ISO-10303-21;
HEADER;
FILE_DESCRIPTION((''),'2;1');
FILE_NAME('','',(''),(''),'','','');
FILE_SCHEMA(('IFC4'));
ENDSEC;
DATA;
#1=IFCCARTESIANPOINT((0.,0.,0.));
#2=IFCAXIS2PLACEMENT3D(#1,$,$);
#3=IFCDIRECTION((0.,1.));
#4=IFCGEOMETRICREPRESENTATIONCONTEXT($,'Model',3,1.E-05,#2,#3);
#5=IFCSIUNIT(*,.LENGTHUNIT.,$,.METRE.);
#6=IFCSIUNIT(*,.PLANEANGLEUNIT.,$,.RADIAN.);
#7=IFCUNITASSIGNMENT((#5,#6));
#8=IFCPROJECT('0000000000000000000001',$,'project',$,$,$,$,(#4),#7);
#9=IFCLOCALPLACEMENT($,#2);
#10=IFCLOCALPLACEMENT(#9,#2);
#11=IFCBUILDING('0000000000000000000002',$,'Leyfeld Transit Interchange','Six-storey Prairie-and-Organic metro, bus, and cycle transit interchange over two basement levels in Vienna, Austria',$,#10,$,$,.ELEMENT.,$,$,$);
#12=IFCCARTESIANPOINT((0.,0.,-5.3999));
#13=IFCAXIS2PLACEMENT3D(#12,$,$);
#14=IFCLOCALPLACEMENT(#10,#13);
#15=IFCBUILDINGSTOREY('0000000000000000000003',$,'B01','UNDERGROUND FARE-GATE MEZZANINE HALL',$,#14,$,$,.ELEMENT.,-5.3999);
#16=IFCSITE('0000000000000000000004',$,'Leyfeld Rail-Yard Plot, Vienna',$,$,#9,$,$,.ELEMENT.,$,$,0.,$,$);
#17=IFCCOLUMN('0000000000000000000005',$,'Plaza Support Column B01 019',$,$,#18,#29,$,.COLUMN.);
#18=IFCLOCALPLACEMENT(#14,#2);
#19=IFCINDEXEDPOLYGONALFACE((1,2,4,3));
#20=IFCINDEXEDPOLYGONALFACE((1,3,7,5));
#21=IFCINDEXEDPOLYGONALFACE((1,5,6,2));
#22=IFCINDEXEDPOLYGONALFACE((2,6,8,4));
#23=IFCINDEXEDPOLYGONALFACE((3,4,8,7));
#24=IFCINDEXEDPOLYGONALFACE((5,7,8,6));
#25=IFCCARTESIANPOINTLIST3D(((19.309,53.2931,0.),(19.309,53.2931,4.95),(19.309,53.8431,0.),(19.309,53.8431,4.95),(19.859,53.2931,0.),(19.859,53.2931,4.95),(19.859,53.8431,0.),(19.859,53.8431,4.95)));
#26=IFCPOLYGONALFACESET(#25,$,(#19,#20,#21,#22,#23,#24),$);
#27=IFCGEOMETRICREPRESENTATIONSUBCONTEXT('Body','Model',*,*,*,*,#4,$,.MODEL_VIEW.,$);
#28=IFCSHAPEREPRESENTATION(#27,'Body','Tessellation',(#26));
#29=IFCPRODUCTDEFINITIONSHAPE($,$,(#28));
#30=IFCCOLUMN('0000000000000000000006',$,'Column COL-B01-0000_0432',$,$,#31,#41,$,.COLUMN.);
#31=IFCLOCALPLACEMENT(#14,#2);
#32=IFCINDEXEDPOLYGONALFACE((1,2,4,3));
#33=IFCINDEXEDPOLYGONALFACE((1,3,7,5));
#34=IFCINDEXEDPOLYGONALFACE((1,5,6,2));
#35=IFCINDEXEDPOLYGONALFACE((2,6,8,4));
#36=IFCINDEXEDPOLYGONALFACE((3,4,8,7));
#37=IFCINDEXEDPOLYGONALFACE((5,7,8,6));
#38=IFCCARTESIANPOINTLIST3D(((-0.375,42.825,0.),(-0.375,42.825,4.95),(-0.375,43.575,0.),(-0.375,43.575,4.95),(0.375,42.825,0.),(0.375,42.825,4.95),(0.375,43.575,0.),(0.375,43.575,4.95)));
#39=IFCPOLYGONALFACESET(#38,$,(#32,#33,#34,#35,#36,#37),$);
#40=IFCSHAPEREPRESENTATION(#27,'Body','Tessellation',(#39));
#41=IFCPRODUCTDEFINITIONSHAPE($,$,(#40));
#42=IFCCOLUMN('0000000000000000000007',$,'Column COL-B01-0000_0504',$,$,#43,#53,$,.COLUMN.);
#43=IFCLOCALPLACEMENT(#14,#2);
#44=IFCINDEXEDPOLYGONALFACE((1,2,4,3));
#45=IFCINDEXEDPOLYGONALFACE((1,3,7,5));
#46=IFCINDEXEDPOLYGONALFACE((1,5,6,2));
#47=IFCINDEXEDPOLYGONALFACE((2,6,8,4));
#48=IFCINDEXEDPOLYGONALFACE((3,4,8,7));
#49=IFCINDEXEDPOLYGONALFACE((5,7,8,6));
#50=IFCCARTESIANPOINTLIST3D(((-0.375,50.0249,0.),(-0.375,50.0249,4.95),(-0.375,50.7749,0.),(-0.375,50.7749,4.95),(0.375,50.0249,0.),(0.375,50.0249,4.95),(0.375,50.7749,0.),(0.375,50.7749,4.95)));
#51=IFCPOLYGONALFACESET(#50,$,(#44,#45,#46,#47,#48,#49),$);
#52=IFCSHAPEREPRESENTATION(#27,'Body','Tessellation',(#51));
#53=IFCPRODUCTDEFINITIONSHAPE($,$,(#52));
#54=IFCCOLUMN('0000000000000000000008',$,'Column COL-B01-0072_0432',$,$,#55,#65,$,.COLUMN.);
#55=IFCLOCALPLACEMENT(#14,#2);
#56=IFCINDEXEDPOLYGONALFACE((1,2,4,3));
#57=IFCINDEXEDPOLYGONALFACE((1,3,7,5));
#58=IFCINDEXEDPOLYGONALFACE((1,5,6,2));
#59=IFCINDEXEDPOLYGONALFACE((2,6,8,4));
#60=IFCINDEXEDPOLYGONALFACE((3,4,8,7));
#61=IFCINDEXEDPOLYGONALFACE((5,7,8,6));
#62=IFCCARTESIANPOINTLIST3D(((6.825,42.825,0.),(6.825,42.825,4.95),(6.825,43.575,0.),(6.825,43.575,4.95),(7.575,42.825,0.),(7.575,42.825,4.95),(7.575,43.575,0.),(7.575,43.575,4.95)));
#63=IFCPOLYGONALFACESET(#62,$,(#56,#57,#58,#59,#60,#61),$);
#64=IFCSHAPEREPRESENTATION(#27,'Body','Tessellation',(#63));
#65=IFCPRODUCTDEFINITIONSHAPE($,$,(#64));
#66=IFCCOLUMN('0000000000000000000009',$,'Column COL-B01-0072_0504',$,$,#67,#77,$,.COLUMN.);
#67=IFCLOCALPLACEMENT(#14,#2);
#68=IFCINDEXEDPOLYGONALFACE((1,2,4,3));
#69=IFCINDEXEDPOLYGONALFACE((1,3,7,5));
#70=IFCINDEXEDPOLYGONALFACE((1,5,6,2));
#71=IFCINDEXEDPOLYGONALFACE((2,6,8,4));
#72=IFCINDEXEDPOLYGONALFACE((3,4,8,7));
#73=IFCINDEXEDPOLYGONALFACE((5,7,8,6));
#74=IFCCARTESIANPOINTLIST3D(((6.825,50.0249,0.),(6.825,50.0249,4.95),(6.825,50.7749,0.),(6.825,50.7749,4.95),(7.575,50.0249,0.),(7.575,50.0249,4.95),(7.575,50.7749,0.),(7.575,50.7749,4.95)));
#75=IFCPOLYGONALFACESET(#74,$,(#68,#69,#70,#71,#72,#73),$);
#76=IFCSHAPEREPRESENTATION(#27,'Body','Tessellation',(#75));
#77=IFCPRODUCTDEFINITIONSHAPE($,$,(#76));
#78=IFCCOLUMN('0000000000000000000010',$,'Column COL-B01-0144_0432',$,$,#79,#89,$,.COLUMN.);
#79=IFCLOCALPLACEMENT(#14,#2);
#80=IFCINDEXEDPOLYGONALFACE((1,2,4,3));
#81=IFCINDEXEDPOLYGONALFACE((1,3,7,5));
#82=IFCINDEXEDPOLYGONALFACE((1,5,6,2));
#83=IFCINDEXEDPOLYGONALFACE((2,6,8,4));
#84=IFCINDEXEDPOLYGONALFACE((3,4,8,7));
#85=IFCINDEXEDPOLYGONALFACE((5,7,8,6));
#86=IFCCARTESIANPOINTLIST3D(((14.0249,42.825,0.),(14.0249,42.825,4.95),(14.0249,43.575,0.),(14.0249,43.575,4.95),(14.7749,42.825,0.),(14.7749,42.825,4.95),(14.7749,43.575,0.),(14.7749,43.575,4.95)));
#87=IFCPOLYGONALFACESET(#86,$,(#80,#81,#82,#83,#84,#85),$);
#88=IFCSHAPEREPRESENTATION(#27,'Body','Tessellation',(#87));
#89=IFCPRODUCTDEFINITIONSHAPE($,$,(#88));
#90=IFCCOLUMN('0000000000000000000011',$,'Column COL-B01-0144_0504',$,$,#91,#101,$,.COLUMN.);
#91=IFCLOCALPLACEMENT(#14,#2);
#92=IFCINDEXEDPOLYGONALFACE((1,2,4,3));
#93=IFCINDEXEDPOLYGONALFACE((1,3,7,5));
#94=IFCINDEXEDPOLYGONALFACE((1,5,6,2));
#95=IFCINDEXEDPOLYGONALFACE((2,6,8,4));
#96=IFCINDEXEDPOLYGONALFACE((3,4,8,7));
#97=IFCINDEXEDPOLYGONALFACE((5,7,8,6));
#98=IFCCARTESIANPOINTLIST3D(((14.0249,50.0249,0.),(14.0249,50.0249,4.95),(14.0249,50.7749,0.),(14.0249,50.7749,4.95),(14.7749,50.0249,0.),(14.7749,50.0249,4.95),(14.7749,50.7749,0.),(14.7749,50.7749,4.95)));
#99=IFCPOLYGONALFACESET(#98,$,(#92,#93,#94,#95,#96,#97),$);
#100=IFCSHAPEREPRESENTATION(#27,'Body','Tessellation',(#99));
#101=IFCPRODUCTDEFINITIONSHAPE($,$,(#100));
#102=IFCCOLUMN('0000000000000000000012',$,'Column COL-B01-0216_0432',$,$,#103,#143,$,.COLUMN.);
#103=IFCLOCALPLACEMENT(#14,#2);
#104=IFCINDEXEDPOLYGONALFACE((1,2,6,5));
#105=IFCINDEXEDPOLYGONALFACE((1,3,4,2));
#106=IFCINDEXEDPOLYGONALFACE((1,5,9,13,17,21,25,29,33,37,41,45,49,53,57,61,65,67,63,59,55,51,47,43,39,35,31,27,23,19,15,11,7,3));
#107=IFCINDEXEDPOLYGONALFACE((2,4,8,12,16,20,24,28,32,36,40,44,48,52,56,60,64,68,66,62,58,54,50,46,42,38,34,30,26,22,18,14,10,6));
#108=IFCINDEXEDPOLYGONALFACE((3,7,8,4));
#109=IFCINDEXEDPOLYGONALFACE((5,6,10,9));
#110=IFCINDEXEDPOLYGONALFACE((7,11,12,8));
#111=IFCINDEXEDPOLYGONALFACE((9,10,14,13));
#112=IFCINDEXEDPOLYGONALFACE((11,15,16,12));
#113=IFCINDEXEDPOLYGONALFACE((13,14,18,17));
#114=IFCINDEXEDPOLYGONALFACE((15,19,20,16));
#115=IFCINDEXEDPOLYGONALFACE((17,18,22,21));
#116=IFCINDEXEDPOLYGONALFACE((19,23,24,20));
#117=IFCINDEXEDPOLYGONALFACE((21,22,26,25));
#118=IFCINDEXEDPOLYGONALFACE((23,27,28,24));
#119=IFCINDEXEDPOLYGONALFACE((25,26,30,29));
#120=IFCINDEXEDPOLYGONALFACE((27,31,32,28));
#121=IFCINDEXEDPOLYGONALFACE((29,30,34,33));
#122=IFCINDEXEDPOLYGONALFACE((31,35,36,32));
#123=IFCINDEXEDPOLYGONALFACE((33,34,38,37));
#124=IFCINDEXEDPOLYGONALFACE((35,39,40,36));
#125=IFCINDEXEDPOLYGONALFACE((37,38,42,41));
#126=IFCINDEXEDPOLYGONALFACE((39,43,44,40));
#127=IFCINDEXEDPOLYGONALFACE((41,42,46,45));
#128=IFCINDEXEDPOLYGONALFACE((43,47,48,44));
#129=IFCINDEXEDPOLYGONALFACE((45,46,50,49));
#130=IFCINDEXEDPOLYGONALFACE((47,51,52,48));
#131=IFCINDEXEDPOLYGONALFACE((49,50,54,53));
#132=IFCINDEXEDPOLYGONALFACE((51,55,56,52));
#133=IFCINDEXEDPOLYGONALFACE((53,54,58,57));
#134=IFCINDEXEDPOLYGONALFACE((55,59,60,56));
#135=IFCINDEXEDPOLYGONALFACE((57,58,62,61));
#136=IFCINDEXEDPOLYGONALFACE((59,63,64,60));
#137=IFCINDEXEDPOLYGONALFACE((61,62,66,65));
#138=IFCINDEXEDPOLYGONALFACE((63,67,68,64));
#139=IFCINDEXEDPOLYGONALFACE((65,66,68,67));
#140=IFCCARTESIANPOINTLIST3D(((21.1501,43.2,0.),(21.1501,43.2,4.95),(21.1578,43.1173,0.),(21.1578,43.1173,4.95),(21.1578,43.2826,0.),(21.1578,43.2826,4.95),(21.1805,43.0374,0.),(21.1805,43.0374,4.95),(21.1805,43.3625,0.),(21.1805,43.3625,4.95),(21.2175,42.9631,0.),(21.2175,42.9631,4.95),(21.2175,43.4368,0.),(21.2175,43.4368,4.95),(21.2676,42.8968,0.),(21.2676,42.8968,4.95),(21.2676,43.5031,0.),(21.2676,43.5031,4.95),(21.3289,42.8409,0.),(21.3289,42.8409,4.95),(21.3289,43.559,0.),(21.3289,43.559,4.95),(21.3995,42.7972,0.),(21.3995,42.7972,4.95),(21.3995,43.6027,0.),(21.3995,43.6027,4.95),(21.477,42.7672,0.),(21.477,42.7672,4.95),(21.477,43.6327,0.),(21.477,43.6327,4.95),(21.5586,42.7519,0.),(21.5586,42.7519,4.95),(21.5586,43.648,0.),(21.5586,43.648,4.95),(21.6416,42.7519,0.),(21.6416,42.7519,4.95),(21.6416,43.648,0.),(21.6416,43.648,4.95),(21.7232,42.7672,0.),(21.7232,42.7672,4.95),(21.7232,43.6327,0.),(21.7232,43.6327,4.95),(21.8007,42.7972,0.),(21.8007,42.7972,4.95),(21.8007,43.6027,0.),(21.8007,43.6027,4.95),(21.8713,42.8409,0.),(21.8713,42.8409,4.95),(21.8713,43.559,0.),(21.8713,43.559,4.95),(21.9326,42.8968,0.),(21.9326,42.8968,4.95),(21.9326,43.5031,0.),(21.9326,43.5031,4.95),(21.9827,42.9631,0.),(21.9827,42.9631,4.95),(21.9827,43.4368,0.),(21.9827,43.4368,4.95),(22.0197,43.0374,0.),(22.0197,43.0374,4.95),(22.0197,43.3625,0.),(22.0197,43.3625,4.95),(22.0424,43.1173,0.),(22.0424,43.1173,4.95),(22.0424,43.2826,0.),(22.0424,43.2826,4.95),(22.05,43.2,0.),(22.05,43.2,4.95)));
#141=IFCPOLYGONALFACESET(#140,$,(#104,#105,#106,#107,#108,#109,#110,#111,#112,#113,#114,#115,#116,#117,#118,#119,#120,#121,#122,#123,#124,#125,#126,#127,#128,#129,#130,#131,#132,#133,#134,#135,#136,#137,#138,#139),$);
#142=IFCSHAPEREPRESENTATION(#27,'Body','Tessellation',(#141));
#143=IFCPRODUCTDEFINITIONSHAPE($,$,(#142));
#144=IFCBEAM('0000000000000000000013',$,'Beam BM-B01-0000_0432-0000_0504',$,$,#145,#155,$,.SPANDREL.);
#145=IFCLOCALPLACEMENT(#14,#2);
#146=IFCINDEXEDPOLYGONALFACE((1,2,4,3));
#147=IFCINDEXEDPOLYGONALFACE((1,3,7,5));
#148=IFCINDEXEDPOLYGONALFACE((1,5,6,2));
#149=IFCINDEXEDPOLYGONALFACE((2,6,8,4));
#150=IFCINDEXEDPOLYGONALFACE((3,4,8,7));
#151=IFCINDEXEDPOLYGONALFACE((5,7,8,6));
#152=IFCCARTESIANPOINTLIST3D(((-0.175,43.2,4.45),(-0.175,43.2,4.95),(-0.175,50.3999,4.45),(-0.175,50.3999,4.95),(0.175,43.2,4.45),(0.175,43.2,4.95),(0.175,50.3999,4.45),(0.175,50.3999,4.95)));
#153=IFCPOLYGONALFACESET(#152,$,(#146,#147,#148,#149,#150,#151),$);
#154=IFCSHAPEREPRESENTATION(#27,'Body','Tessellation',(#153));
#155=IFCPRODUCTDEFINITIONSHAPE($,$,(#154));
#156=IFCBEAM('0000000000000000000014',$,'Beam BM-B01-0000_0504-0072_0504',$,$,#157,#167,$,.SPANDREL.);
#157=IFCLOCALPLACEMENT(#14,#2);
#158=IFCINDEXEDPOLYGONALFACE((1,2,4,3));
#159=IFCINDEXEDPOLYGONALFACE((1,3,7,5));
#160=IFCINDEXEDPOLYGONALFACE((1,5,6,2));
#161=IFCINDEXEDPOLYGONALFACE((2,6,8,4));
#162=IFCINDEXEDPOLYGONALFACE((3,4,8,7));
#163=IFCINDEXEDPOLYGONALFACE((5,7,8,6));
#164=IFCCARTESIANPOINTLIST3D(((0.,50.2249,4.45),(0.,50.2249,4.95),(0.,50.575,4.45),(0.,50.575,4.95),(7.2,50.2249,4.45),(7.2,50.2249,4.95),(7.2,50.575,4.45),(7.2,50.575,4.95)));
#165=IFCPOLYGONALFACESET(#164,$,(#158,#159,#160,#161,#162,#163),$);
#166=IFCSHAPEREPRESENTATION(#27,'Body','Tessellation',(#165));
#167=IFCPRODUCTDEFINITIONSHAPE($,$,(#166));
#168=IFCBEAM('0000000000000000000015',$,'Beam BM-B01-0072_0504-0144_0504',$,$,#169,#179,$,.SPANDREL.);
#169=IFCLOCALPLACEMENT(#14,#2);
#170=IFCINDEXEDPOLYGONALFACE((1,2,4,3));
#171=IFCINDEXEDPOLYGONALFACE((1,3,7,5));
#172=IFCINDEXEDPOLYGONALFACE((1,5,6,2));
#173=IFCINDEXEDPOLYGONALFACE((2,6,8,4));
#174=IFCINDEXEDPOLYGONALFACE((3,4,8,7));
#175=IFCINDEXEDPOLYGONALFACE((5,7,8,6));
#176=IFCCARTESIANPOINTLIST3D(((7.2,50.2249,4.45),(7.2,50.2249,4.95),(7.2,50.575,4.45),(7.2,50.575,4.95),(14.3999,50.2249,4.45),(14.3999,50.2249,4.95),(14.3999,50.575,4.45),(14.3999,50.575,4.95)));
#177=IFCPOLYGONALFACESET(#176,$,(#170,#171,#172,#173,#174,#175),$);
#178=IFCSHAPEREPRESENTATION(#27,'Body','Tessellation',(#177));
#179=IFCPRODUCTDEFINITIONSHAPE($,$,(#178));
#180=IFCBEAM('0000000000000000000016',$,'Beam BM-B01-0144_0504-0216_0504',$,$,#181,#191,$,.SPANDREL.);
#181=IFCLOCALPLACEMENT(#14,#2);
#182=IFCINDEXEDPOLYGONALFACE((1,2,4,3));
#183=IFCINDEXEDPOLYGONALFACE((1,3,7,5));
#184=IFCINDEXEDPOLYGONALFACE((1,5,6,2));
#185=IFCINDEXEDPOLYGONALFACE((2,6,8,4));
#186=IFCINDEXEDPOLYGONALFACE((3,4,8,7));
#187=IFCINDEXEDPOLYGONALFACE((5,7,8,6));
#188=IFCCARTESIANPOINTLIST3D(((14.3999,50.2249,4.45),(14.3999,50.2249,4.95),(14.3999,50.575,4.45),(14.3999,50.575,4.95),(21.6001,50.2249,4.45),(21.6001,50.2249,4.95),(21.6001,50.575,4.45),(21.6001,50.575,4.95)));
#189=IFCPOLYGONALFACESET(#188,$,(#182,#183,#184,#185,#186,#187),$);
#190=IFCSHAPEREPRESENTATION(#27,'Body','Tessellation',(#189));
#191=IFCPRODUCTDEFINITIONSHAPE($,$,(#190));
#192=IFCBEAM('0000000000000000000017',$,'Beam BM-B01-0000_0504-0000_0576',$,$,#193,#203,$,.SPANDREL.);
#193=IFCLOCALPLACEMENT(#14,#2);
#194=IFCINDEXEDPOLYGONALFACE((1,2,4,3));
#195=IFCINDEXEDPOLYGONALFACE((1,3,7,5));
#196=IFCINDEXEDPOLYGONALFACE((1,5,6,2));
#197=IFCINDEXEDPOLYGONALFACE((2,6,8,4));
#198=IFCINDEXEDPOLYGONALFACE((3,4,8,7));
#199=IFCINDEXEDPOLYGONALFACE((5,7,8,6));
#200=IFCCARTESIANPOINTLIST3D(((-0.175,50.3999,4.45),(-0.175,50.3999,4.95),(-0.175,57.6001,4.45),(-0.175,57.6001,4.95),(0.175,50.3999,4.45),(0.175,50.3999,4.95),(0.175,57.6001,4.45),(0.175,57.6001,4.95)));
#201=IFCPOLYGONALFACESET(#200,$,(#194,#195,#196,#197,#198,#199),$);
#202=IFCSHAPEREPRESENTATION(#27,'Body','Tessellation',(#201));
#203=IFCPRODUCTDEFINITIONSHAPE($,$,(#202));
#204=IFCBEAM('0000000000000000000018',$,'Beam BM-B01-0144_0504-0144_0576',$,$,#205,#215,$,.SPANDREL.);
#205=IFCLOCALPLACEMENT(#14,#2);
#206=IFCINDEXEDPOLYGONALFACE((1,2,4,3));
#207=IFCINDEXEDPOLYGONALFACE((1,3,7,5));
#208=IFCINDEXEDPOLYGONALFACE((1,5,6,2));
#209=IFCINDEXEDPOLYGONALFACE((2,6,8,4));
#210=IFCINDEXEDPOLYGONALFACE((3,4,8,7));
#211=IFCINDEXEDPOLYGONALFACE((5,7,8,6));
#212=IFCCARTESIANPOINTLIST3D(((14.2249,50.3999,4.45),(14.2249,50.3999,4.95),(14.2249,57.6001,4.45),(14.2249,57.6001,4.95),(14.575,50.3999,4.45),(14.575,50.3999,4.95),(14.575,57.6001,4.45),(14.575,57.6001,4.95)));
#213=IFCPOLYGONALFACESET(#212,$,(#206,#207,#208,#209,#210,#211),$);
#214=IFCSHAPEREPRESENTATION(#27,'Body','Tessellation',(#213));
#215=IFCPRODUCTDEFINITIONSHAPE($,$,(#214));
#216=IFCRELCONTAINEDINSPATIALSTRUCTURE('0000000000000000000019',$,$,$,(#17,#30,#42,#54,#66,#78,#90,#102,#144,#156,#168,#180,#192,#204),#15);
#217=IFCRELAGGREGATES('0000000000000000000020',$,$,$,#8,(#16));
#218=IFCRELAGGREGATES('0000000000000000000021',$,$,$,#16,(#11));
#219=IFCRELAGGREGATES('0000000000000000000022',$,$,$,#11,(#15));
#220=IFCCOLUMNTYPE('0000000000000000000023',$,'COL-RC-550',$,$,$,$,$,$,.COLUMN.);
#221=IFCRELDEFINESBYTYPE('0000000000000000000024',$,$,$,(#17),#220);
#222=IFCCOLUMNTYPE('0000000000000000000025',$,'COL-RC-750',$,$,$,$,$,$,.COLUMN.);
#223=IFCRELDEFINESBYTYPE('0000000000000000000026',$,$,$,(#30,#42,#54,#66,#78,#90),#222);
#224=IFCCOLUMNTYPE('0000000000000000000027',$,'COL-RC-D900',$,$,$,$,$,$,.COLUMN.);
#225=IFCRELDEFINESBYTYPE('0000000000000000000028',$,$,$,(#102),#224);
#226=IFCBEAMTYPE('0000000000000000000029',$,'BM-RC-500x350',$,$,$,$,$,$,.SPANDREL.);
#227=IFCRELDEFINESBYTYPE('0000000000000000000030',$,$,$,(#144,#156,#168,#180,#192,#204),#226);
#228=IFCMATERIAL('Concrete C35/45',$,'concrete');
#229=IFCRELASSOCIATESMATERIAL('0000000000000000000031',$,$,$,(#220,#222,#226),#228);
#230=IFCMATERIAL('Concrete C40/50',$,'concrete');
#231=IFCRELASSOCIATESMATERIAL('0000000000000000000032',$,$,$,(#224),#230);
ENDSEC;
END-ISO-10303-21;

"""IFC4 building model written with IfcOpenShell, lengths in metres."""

from ifc_helpers import new_model, si_unit, direction, frame, origin, origin_2d, place, context, subcontext, project, spatial, rectangle, circle, extrude, material, material_profile, profile_set, type_object, element, save


model = new_model("IFC4")

# Units and contexts
model_context = context("Model", 3, precision=1e-05, world=origin(), true_north=direction((0.0, 1.0)))
body_context = subcontext(model_context, "Body", "Model", "MODEL_VIEW")
ifc_project = project(units=[si_unit("LENGTHUNIT", "METRE"), si_unit("PLANEANGLEUNIT", "RADIAN")], contexts=[model_context])

# Site, building, storey
site_placement = place(None, origin())
site = spatial("IfcSite", under=ifc_project, at=site_placement, Name="Leyfeld Rail-Yard Plot, Vienna", CompositionType="ELEMENT", RefElevation=0.0)
building_placement = place(site_placement, origin())
building = spatial("IfcBuilding", under=site, at=building_placement, Name="Leyfeld Transit Interchange", Description="Six-storey Prairie-and-Organic metro, bus, and cycle transit interchange over two basement levels in Vienna, Austria", CompositionType="ELEMENT")
storey_placement = place(building_placement, frame((0.0, 0.0, -5.3999)))
storey = spatial("IfcBuildingStorey", under=building, at=storey_placement, Name="B01", Description="UNDERGROUND FARE-GATE MEZZANINE HALL", CompositionType="ELEMENT", Elevation=-5.3999)

# Columns
ifc_material_1 = material(Name="Concrete C35/45", Category="concrete")
ifc_material_profile_1 = material_profile(ifc_material_1, rectangle(XDim=0.55, YDim=0.55, at=origin_2d()), Name="RC 550x550")
ifc_profile_set_1 = profile_set([ifc_material_profile_1], Name="Concrete C35/45")
column_type_1 = type_object("IfcColumnType", Name="COL-RC-550", PredefinedType="COLUMN", material=ifc_profile_set_1)
column_1_placement = place(storey_placement, frame((19.584, 53.5681, 0.0), z_axis=(0.0, 0.0, 1.0), x_axis=(1.0, 0.0, 0.0)))
element("IfcColumn", 1, at=column_1_placement, inside=storey, type_object=column_type_1, Name="Plaza Support Column B01 019", PredefinedType="COLUMN", context=body_context, shape_type="SweptSolid", body=[
    extrude(rectangle(XDim=0.55, YDim=0.55, at=origin_2d()), origin(), (0.0, 0.0, 1.0), 4.95),
])
ifc_material_profile_2 = material_profile(ifc_material_1, rectangle(XDim=0.75, YDim=0.75, at=origin_2d()), Name="RC 750x750")
ifc_profile_set_2 = profile_set([ifc_material_profile_2], Name="Concrete C35/45")
column_type_2 = type_object("IfcColumnType", Name="COL-RC-750", PredefinedType="COLUMN", material=ifc_profile_set_2)
for number, where, z_axis, x_axis, name in (
    (2, (0.0, 43.2, 0.0), (0.0, 0.0, 1.0), (1.0, 0.0, 0.0), "Column COL-B01-0000_0432"),
    (3, (0.0, 50.3999, 0.0), (0.0, 0.0, 1.0), (1.0, 0.0, 0.0), "Column COL-B01-0000_0504"),
    (4, (7.2, 43.2, 0.0), (0.0, 0.0, 1.0), (1.0, 0.0, 0.0), "Column COL-B01-0072_0432"),
    (5, (7.2, 50.3999, 0.0), (0.0, 0.0, 1.0), (1.0, 0.0, 0.0), "Column COL-B01-0072_0504"),
    (6, (14.3999, 43.2, 0.0), (0.0, 0.0, 1.0), (1.0, 0.0, 0.0), "Column COL-B01-0144_0432"),
    (7, (14.3999, 50.3999, 0.0), (0.0, 0.0, 1.0), (1.0, 0.0, 0.0), "Column COL-B01-0144_0504"),
):
    element("IfcColumn", number, at=place(storey_placement, frame(where, z_axis=z_axis, x_axis=x_axis)), inside=storey, type_object=column_type_2, Name=name, PredefinedType="COLUMN", context=body_context, shape_type="SweptSolid", body=[
        extrude(rectangle(XDim=0.75, YDim=0.75, at=origin_2d()), origin(), (0.0, 0.0, 1.0), 4.95),
    ])
ifc_material_2 = material(Name="Concrete C40/50", Category="concrete")
ifc_material_profile_3 = material_profile(ifc_material_2, circle(Radius=0.45, at=origin_2d()), Name="RC D900")
ifc_profile_set_3 = profile_set([ifc_material_profile_3], Name="Concrete C40/50")
column_type_3 = type_object("IfcColumnType", Name="COL-RC-D900", PredefinedType="COLUMN", material=ifc_profile_set_3)
column_2_placement = place(storey_placement, frame((21.6001, 43.2, 0.0), z_axis=(0.0, 0.0, 1.0), x_axis=(1.0, 0.0, 0.0)))
element("IfcColumn", 8, at=column_2_placement, inside=storey, type_object=column_type_3, Name="Column COL-B01-0216_0432", PredefinedType="COLUMN", context=body_context, shape_type="SweptSolid", body=[
    extrude(circle(Radius=0.45, at=origin_2d()), origin(), (0.0, 0.0, 1.0), 4.95),
])

# Beams
ifc_material_profile_4 = material_profile(ifc_material_1, rectangle(XDim=0.3501, YDim=0.5, at=origin_2d()), Name="RC 500x350")
ifc_profile_set_4 = profile_set([ifc_material_profile_4], Name="Concrete C35/45")
beam_type_1 = type_object("IfcBeamType", Name="BM-RC-500x350", PredefinedType="SPANDREL", material=ifc_profile_set_4)
for number, where, z_axis, x_axis, name in (
    (9, (0.0, 43.2, 4.7), (0.0, 1.0, 0.0), (-1.0, 0.0, 0.0), "Beam BM-B01-0000_0432-0000_0504"),
    (10, (0.0, 50.3999, 4.7), (1.0, 0.0, 0.0), (0.0, 1.0, 0.0), "Beam BM-B01-0000_0504-0072_0504"),
    (11, (7.2, 50.3999, 4.7), (1.0, 0.0, 0.0), (0.0, 1.0, 0.0), "Beam BM-B01-0072_0504-0144_0504"),
):
    element("IfcBeam", number, at=place(storey_placement, frame(where, z_axis=z_axis, x_axis=x_axis)), inside=storey, type_object=beam_type_1, Name=name, PredefinedType="SPANDREL", context=body_context, shape_type="SweptSolid", body=[
        extrude(rectangle(XDim=0.3501, YDim=0.5, at=origin_2d()), origin(), (0.0, 0.0, 1.0), 7.2),
    ])
for number, where, z_axis, x_axis, name in (
    (12, (14.3999, 50.3999, 4.7), (1.0, 0.0, 0.0), (0.0, 1.0, 0.0), "Beam BM-B01-0144_0504-0216_0504"),
    (13, (0.0, 50.3999, 4.7), (0.0, 1.0, 0.0), (-1.0, 0.0, 0.0), "Beam BM-B01-0000_0504-0000_0576"),
    (14, (14.3999, 50.3999, 4.7), (0.0, 1.0, 0.0), (-1.0, 0.0, 0.0), "Beam BM-B01-0144_0504-0144_0576"),
):
    element("IfcBeam", number, at=place(storey_placement, frame(where, z_axis=z_axis, x_axis=x_axis)), inside=storey, type_object=beam_type_1, Name=name, PredefinedType="SPANDREL", context=body_context, shape_type="SweptSolid", body=[
        extrude(rectangle(XDim=0.3501, YDim=0.5, at=origin_2d()), origin(), (0.0, 0.0, 1.0), 7.2002),
    ])

save(model, "model.ifc")
